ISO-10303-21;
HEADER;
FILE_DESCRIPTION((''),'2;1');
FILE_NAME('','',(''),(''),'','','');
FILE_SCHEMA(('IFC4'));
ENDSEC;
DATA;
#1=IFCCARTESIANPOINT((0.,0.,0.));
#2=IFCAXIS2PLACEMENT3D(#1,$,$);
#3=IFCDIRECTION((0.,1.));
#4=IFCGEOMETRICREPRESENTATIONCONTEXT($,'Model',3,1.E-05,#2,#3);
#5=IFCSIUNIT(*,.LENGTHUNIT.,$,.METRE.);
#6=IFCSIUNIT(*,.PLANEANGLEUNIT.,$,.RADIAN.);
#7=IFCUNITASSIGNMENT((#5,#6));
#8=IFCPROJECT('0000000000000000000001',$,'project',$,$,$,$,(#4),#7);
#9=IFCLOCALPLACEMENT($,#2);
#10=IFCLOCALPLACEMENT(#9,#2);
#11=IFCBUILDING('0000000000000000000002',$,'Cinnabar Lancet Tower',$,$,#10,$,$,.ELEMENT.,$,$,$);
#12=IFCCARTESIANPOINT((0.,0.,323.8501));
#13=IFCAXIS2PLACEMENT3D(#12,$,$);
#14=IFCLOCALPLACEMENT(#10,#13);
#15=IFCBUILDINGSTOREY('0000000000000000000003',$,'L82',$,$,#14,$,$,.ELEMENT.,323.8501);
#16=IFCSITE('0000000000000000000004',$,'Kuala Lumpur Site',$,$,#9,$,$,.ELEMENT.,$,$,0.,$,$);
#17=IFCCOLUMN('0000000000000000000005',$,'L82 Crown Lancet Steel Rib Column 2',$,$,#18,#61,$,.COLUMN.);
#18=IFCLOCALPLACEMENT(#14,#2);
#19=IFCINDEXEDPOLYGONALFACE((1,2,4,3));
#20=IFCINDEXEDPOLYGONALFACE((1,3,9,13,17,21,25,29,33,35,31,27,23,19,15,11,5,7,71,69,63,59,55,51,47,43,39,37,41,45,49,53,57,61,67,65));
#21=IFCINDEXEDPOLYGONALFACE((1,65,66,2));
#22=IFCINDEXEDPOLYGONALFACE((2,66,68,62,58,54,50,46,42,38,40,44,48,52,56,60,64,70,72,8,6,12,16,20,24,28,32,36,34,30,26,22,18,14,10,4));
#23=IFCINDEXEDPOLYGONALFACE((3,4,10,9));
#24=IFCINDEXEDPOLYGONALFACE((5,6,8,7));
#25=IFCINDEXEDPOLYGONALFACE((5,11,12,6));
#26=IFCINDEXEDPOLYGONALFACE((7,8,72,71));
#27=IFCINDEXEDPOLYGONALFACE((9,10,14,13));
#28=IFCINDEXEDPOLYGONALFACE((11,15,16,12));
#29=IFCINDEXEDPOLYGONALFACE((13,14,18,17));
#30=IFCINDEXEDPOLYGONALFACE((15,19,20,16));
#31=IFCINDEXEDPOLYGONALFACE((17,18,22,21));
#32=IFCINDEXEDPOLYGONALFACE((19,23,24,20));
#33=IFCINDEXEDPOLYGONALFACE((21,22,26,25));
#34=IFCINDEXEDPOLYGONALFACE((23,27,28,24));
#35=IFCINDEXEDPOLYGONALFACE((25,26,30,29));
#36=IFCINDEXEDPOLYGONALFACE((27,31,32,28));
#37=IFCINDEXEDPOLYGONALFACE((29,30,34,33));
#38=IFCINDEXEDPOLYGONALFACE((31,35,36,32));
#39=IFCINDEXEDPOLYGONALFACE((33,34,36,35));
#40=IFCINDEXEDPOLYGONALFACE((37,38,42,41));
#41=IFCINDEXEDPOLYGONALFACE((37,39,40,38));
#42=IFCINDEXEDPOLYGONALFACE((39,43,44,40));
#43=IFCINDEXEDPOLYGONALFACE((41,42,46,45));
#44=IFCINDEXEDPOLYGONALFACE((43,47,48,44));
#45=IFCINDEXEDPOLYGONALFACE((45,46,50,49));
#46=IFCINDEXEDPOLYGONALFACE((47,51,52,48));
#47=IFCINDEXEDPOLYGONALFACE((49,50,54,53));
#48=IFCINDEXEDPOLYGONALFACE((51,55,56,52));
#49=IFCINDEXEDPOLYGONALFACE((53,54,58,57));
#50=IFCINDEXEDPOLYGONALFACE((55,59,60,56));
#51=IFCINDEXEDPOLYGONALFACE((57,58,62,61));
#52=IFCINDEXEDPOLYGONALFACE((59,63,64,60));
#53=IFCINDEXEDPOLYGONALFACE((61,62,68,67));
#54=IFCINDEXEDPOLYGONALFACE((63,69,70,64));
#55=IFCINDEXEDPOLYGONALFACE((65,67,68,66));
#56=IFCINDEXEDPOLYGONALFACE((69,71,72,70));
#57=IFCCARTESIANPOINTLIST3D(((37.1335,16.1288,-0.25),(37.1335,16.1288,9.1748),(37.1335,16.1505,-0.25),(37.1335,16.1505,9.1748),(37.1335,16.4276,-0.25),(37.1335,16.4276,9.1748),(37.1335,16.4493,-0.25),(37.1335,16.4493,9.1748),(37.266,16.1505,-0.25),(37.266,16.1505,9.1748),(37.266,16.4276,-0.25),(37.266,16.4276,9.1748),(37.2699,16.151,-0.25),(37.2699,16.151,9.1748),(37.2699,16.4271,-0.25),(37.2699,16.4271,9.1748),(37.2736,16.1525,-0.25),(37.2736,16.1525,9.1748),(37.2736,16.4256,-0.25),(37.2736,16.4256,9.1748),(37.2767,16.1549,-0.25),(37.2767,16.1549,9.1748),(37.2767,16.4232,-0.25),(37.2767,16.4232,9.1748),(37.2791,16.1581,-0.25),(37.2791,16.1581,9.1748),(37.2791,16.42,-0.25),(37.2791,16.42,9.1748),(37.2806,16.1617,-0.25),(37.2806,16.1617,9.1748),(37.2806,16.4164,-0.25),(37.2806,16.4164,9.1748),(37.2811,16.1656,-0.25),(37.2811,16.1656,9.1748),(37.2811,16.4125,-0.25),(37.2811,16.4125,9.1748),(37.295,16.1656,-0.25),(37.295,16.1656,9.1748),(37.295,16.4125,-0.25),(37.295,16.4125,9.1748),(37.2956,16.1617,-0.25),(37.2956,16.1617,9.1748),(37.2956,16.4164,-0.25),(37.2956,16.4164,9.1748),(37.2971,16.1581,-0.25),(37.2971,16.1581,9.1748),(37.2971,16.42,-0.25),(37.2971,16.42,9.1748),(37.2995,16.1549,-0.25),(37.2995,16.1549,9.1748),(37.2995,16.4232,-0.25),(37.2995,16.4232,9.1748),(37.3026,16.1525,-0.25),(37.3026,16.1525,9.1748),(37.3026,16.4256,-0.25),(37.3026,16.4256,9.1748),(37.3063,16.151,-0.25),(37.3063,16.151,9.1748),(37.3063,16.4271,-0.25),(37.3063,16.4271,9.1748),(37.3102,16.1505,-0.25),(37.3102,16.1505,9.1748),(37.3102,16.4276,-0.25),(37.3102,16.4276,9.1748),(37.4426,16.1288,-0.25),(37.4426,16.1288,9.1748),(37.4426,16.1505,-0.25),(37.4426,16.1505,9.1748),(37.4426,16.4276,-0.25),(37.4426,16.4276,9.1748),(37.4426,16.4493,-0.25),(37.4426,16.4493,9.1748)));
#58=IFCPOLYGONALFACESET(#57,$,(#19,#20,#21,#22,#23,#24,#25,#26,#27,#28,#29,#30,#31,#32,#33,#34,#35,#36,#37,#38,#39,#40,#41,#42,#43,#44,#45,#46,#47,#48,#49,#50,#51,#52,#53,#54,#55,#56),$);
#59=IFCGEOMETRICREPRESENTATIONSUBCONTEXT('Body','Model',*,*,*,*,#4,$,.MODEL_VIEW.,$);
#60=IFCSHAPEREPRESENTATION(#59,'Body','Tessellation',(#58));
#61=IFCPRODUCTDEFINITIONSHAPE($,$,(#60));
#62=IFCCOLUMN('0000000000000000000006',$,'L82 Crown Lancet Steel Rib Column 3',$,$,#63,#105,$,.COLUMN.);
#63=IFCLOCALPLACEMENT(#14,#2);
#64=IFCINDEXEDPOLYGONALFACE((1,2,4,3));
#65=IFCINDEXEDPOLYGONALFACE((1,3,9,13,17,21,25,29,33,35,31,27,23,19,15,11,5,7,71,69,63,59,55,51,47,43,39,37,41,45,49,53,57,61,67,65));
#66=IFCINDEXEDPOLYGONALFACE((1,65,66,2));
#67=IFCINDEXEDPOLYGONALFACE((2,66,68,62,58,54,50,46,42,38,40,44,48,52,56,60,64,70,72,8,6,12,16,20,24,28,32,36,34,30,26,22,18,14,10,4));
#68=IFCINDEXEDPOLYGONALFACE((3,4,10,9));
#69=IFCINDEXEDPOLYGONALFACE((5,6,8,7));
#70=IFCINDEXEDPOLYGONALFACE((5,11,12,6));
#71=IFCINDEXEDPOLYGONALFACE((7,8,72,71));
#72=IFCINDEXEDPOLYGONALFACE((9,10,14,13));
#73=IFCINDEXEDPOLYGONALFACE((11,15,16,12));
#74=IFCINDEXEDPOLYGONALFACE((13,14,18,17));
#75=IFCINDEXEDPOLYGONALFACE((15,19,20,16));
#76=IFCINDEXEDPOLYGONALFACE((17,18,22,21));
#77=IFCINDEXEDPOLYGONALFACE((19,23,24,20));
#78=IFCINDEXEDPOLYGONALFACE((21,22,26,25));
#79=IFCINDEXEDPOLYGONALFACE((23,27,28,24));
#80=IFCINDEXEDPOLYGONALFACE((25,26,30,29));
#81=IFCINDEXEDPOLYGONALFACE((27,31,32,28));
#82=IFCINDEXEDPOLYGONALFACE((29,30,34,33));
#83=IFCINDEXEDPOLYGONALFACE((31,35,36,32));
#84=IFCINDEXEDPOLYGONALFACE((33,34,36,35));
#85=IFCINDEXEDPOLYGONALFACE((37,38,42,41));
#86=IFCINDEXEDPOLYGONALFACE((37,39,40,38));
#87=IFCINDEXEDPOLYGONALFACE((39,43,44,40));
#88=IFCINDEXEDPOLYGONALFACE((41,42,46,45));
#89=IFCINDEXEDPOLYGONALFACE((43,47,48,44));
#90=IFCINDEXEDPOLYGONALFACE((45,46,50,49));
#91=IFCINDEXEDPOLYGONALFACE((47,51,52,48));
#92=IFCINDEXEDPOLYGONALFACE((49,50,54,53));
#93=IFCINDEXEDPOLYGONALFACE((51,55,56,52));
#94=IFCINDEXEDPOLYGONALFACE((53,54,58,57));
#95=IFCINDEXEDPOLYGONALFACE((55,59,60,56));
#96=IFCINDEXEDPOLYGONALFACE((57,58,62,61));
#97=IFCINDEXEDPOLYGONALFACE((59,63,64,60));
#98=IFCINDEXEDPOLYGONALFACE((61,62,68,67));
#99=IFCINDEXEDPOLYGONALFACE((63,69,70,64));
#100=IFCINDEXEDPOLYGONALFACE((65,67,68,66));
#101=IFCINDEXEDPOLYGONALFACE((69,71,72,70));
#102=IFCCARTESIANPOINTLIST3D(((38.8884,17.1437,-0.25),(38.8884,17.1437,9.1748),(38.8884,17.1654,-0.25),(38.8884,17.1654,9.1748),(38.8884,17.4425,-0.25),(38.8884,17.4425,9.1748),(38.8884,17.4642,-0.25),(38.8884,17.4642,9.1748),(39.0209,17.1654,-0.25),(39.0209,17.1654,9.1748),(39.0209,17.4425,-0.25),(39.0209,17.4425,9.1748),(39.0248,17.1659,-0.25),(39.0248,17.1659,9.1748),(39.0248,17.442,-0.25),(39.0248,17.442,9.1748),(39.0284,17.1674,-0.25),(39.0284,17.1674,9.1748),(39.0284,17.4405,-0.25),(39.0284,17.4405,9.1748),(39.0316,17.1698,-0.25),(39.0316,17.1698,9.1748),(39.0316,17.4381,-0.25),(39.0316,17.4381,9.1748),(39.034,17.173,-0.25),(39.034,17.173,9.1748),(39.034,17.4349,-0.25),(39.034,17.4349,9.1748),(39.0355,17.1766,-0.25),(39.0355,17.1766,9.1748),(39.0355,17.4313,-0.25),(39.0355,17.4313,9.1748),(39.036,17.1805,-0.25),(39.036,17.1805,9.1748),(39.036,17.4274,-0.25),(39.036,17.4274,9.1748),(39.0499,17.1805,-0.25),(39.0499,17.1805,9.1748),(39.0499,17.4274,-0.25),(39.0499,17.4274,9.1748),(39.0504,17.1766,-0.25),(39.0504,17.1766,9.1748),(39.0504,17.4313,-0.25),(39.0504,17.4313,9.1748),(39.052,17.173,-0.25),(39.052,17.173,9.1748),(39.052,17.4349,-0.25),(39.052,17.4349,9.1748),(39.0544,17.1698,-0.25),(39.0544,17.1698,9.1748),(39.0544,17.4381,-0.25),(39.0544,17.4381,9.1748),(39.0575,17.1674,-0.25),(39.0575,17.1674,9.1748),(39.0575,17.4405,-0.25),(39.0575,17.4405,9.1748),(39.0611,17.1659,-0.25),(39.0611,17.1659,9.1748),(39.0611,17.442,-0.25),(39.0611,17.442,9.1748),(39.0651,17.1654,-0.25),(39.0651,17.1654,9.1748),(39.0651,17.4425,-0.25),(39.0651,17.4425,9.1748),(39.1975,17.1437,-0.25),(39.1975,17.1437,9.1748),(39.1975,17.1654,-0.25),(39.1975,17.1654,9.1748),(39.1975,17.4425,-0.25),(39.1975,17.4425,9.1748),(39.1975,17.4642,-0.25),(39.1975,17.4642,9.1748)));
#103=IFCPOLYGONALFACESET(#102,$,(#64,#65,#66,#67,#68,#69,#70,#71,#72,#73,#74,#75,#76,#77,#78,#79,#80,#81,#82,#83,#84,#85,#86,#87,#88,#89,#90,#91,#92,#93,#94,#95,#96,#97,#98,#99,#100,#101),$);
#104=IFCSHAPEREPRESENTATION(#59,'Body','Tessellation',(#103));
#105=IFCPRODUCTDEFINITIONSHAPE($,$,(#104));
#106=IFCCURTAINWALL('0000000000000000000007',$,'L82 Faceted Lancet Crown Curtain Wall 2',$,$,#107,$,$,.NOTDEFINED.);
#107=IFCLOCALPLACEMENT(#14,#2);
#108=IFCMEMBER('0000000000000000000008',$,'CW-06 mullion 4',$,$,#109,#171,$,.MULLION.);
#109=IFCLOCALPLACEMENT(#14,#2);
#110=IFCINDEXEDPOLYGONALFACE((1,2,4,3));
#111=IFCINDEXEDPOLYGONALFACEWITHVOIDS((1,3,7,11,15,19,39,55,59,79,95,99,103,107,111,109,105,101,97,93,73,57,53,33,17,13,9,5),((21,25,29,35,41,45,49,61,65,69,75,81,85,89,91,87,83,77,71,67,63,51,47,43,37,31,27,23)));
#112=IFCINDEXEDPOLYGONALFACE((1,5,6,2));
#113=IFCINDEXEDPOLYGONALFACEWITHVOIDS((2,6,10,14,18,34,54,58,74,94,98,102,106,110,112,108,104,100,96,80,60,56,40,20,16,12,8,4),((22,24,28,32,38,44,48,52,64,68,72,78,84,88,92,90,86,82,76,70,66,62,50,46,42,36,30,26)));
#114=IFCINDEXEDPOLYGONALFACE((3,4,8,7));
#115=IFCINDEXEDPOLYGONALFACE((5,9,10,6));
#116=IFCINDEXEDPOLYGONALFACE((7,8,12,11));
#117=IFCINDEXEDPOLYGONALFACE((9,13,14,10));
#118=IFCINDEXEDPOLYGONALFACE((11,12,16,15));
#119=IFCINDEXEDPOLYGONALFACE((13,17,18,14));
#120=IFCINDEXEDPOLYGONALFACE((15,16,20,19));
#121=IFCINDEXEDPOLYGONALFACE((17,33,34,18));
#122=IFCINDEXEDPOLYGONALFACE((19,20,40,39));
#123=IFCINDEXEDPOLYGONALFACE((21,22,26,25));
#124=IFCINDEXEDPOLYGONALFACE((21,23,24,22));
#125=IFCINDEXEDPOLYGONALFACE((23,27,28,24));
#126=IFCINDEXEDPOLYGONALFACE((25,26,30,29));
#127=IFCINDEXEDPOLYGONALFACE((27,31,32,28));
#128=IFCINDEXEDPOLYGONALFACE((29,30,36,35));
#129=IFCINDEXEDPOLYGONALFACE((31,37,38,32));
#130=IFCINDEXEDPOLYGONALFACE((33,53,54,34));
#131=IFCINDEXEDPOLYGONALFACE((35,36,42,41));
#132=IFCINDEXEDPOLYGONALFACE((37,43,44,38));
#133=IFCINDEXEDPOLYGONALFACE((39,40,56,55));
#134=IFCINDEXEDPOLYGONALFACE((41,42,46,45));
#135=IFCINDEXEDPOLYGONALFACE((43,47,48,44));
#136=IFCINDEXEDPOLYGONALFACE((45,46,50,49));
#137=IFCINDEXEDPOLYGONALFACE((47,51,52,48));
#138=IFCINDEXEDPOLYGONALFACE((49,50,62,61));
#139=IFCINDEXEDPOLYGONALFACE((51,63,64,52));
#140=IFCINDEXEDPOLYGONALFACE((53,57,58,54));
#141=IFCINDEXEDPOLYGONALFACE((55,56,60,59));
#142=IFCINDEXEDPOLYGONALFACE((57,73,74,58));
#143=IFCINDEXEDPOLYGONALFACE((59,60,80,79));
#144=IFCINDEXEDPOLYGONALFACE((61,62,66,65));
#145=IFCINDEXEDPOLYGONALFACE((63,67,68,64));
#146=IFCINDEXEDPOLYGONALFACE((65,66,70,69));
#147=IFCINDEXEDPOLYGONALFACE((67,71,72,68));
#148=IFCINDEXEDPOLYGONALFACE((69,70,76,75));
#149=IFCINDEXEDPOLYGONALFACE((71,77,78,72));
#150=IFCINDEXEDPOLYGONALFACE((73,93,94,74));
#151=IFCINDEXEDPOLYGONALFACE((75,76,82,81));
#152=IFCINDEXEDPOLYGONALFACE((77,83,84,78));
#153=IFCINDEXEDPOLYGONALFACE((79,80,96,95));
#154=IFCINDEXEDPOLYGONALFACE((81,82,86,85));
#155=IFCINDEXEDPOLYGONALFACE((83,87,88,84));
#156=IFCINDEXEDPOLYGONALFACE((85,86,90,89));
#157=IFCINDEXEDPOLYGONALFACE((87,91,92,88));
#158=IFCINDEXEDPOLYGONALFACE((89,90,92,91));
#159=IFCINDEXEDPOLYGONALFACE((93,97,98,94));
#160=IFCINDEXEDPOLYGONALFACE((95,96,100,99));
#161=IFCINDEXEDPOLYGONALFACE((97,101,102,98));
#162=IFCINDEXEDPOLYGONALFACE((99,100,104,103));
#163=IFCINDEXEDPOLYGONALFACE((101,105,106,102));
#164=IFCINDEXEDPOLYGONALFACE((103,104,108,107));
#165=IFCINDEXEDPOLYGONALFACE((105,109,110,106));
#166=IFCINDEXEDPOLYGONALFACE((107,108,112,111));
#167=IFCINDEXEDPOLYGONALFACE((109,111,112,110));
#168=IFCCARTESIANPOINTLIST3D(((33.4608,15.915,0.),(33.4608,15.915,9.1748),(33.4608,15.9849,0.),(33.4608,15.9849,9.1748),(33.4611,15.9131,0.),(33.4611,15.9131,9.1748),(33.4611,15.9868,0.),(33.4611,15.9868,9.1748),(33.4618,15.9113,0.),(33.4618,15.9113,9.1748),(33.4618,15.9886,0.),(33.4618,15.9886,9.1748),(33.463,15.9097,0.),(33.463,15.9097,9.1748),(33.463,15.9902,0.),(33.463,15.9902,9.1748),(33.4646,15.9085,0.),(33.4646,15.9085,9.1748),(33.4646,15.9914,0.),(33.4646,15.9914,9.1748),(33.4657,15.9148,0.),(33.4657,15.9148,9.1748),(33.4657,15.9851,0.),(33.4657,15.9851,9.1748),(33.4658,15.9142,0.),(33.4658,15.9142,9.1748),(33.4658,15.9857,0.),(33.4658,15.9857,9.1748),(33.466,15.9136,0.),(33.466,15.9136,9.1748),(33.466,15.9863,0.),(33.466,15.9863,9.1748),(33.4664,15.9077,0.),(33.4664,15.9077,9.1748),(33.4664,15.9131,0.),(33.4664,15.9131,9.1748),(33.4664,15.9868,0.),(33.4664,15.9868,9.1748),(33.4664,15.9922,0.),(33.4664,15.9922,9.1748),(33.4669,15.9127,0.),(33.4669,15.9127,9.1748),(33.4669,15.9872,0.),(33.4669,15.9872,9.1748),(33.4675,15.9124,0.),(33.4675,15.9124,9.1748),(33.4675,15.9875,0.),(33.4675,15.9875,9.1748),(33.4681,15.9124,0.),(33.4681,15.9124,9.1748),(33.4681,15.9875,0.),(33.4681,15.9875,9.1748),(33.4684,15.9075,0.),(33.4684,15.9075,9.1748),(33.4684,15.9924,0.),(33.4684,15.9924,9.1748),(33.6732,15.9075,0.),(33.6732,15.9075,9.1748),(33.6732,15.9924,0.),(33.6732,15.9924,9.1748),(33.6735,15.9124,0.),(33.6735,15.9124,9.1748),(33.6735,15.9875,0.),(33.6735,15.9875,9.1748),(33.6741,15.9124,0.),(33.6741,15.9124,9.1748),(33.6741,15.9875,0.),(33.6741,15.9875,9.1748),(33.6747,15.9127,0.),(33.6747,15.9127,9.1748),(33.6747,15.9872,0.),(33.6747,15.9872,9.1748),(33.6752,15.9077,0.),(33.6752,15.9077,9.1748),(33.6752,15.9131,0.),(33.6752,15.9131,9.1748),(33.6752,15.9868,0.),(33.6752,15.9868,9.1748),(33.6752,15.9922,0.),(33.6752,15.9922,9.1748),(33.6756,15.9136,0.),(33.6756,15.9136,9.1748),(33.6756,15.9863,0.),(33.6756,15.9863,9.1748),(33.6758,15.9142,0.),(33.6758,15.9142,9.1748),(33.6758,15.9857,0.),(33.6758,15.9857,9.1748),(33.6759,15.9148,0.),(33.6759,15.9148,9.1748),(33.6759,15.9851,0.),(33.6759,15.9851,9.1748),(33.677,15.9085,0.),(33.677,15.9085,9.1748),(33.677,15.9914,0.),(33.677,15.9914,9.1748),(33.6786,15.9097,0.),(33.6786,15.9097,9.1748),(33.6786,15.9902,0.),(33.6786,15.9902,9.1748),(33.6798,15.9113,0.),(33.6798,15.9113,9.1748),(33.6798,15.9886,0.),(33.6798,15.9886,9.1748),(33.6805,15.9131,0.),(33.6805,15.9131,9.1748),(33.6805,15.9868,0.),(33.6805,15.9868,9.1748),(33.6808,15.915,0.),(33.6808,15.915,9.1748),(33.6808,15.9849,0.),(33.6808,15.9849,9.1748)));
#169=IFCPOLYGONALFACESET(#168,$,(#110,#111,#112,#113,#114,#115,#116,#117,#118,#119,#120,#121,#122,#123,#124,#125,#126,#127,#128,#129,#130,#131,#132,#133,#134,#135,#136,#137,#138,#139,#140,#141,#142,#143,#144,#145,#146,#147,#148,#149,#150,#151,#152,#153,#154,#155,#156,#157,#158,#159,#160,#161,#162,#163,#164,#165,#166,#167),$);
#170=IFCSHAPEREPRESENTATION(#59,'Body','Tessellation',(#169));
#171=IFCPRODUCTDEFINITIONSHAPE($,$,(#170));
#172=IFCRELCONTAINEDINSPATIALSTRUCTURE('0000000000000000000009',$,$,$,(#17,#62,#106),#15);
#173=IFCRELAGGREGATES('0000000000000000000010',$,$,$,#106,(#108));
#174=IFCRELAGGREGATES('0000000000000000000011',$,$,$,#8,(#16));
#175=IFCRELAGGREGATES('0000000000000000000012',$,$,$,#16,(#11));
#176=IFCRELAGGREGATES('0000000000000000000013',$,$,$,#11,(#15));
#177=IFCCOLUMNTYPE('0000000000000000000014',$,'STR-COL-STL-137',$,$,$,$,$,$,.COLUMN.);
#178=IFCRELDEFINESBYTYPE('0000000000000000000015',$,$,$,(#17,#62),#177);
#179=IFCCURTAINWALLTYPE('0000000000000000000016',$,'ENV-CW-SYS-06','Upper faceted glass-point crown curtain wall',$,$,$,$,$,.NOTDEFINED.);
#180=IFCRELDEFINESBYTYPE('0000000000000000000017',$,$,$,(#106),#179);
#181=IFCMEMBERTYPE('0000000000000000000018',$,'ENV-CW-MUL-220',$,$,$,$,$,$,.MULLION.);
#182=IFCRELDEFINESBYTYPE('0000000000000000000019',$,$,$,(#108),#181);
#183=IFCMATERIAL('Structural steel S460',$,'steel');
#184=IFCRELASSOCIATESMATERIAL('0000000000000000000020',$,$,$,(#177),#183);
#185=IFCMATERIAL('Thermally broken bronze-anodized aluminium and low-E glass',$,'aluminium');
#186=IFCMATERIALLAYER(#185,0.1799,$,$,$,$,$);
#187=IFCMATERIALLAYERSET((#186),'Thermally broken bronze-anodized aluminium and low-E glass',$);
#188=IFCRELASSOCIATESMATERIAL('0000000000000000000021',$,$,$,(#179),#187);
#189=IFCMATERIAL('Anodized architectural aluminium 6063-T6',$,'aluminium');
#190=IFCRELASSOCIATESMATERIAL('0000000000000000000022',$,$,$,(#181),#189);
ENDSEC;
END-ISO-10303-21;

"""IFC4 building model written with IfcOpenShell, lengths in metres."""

from ifc_helpers import new_model, si_unit, direction, frame, origin, origin_2d, place, context, subcontext, project, spatial, hollow_rectangle, i_section, extrude, material, layer, layer_set, material_profile, profile_set, type_object, element, aggregate, save


model = new_model("IFC4")

# Units and contexts
model_context = context("Model", 3, precision=1e-05, world=origin(), true_north=direction((0.0, 1.0)))
body_context = subcontext(model_context, "Body", "Model", "MODEL_VIEW")
ifc_project = project(units=[si_unit("LENGTHUNIT", "METRE"), si_unit("PLANEANGLEUNIT", "RADIAN")], contexts=[model_context])

# Site, building, storey
site_placement = place(None, origin())
site = spatial("IfcSite", under=ifc_project, at=site_placement, Name="Kuala Lumpur Site", CompositionType="ELEMENT", RefElevation=0.0)
building_placement = place(site_placement, origin())
building = spatial("IfcBuilding", under=site, at=building_placement, Name="Cinnabar Lancet Tower", CompositionType="ELEMENT")
storey_placement = place(building_placement, frame((0.0, 0.0, 323.8501)))
storey = spatial("IfcBuildingStorey", under=building, at=storey_placement, Name="L82", CompositionType="ELEMENT", Elevation=323.8501)

# Columns
ifc_material_1 = material(Name="Structural steel S460", Category="steel")
ifc_material_profile_1 = material_profile(ifc_material_1, i_section(OverallWidth=0.3091, OverallDepth=0.3206, WebThickness=0.0139, FlangeThickness=0.0217, FilletRadius=0.0151, at=origin_2d()), Name="UKC 305x305x137")
ifc_profile_set_1 = profile_set([ifc_material_profile_1], Name="Structural steel S460")
column_type = type_object("IfcColumnType", Name="STR-COL-STL-137", PredefinedType="COLUMN", material=ifc_profile_set_1)
for number, where, z_axis, x_axis, name in (
    (1, (37.2881, 16.2891, -0.25), (0.0, 0.0, 1.0), (1.0, 0.0, 0.0), "L82 Crown Lancet Steel Rib Column 2"),
    (2, (39.043, 17.304, -0.25), (0.0, 0.0, 1.0), (1.0, 0.0, 0.0), "L82 Crown Lancet Steel Rib Column 3"),
):
    element("IfcColumn", number, at=place(storey_placement, frame(where, z_axis=z_axis, x_axis=x_axis)), inside=storey, type_object=column_type, Name=name, PredefinedType="COLUMN", context=body_context, shape_type="SweptSolid", body=[
        extrude(i_section(OverallWidth=0.3091, OverallDepth=0.3206, WebThickness=0.0139, FlangeThickness=0.0217, FilletRadius=0.0151, at=origin_2d()), origin(), (0.0, 0.0, 1.0), 9.4248),
    ])

# Curtain wall, member
ifc_material_2 = material(Name="Thermally broken bronze-anodized aluminium and low-E glass", Category="aluminium")
ifc_layer_1 = layer(ifc_material_2, 0.1799)
ifc_layer_set_1 = layer_set([ifc_layer_1], Name="Thermally broken bronze-anodized aluminium and low-E glass")
curtain_wall_type = type_object("IfcCurtainWallType", Name="ENV-CW-SYS-06", Description="Upper faceted glass-point crown curtain wall", PredefinedType="NOTDEFINED", material=ifc_layer_set_1)
curtain_wall_1_placement = place(storey_placement, origin())
curtain_wall_1 = element("IfcCurtainWall", 3, at=curtain_wall_1_placement, inside=storey, type_object=curtain_wall_type, Name="L82 Faceted Lancet Crown Curtain Wall 2", PredefinedType="NOTDEFINED")
ifc_material_3 = material(Name="Anodized architectural aluminium 6063-T6", Category="aluminium")
ifc_material_profile_2 = material_profile(ifc_material_3, hollow_rectangle(XDim=0.085, YDim=0.22, WallThickness=0.0049, InnerFilletRadius=0.0024, OuterFilletRadius=0.0076, at=origin_2d()), Name="CW-MUL 220x85x5")
ifc_profile_set_2 = profile_set([ifc_material_profile_2], Name="Anodized architectural aluminium 6063-T6")
member_type_1 = type_object("IfcMemberType", Name="ENV-CW-MUL-220", PredefinedType="MULLION", material=ifc_profile_set_2)
member_1_placement = place(storey_placement, frame((33.5708, 15.95, 0.0), z_axis=(0.0, 0.0, 1.0), x_axis=(0.0, 1.0, 0.0)))
member_1 = element("IfcMember", 4, at=member_1_placement, type_object=member_type_1, Name="CW-06 mullion 4", PredefinedType="MULLION", context=body_context, shape_type="SweptSolid", body=[
    extrude(hollow_rectangle(XDim=0.085, YDim=0.22, WallThickness=0.0049, InnerFilletRadius=0.0024, OuterFilletRadius=0.0076, at=origin_2d()), origin(), (0.0, 0.0, 1.0), 9.1748),
])

aggregate(curtain_wall_1, [member_1])

save(model, "model.ifc")
